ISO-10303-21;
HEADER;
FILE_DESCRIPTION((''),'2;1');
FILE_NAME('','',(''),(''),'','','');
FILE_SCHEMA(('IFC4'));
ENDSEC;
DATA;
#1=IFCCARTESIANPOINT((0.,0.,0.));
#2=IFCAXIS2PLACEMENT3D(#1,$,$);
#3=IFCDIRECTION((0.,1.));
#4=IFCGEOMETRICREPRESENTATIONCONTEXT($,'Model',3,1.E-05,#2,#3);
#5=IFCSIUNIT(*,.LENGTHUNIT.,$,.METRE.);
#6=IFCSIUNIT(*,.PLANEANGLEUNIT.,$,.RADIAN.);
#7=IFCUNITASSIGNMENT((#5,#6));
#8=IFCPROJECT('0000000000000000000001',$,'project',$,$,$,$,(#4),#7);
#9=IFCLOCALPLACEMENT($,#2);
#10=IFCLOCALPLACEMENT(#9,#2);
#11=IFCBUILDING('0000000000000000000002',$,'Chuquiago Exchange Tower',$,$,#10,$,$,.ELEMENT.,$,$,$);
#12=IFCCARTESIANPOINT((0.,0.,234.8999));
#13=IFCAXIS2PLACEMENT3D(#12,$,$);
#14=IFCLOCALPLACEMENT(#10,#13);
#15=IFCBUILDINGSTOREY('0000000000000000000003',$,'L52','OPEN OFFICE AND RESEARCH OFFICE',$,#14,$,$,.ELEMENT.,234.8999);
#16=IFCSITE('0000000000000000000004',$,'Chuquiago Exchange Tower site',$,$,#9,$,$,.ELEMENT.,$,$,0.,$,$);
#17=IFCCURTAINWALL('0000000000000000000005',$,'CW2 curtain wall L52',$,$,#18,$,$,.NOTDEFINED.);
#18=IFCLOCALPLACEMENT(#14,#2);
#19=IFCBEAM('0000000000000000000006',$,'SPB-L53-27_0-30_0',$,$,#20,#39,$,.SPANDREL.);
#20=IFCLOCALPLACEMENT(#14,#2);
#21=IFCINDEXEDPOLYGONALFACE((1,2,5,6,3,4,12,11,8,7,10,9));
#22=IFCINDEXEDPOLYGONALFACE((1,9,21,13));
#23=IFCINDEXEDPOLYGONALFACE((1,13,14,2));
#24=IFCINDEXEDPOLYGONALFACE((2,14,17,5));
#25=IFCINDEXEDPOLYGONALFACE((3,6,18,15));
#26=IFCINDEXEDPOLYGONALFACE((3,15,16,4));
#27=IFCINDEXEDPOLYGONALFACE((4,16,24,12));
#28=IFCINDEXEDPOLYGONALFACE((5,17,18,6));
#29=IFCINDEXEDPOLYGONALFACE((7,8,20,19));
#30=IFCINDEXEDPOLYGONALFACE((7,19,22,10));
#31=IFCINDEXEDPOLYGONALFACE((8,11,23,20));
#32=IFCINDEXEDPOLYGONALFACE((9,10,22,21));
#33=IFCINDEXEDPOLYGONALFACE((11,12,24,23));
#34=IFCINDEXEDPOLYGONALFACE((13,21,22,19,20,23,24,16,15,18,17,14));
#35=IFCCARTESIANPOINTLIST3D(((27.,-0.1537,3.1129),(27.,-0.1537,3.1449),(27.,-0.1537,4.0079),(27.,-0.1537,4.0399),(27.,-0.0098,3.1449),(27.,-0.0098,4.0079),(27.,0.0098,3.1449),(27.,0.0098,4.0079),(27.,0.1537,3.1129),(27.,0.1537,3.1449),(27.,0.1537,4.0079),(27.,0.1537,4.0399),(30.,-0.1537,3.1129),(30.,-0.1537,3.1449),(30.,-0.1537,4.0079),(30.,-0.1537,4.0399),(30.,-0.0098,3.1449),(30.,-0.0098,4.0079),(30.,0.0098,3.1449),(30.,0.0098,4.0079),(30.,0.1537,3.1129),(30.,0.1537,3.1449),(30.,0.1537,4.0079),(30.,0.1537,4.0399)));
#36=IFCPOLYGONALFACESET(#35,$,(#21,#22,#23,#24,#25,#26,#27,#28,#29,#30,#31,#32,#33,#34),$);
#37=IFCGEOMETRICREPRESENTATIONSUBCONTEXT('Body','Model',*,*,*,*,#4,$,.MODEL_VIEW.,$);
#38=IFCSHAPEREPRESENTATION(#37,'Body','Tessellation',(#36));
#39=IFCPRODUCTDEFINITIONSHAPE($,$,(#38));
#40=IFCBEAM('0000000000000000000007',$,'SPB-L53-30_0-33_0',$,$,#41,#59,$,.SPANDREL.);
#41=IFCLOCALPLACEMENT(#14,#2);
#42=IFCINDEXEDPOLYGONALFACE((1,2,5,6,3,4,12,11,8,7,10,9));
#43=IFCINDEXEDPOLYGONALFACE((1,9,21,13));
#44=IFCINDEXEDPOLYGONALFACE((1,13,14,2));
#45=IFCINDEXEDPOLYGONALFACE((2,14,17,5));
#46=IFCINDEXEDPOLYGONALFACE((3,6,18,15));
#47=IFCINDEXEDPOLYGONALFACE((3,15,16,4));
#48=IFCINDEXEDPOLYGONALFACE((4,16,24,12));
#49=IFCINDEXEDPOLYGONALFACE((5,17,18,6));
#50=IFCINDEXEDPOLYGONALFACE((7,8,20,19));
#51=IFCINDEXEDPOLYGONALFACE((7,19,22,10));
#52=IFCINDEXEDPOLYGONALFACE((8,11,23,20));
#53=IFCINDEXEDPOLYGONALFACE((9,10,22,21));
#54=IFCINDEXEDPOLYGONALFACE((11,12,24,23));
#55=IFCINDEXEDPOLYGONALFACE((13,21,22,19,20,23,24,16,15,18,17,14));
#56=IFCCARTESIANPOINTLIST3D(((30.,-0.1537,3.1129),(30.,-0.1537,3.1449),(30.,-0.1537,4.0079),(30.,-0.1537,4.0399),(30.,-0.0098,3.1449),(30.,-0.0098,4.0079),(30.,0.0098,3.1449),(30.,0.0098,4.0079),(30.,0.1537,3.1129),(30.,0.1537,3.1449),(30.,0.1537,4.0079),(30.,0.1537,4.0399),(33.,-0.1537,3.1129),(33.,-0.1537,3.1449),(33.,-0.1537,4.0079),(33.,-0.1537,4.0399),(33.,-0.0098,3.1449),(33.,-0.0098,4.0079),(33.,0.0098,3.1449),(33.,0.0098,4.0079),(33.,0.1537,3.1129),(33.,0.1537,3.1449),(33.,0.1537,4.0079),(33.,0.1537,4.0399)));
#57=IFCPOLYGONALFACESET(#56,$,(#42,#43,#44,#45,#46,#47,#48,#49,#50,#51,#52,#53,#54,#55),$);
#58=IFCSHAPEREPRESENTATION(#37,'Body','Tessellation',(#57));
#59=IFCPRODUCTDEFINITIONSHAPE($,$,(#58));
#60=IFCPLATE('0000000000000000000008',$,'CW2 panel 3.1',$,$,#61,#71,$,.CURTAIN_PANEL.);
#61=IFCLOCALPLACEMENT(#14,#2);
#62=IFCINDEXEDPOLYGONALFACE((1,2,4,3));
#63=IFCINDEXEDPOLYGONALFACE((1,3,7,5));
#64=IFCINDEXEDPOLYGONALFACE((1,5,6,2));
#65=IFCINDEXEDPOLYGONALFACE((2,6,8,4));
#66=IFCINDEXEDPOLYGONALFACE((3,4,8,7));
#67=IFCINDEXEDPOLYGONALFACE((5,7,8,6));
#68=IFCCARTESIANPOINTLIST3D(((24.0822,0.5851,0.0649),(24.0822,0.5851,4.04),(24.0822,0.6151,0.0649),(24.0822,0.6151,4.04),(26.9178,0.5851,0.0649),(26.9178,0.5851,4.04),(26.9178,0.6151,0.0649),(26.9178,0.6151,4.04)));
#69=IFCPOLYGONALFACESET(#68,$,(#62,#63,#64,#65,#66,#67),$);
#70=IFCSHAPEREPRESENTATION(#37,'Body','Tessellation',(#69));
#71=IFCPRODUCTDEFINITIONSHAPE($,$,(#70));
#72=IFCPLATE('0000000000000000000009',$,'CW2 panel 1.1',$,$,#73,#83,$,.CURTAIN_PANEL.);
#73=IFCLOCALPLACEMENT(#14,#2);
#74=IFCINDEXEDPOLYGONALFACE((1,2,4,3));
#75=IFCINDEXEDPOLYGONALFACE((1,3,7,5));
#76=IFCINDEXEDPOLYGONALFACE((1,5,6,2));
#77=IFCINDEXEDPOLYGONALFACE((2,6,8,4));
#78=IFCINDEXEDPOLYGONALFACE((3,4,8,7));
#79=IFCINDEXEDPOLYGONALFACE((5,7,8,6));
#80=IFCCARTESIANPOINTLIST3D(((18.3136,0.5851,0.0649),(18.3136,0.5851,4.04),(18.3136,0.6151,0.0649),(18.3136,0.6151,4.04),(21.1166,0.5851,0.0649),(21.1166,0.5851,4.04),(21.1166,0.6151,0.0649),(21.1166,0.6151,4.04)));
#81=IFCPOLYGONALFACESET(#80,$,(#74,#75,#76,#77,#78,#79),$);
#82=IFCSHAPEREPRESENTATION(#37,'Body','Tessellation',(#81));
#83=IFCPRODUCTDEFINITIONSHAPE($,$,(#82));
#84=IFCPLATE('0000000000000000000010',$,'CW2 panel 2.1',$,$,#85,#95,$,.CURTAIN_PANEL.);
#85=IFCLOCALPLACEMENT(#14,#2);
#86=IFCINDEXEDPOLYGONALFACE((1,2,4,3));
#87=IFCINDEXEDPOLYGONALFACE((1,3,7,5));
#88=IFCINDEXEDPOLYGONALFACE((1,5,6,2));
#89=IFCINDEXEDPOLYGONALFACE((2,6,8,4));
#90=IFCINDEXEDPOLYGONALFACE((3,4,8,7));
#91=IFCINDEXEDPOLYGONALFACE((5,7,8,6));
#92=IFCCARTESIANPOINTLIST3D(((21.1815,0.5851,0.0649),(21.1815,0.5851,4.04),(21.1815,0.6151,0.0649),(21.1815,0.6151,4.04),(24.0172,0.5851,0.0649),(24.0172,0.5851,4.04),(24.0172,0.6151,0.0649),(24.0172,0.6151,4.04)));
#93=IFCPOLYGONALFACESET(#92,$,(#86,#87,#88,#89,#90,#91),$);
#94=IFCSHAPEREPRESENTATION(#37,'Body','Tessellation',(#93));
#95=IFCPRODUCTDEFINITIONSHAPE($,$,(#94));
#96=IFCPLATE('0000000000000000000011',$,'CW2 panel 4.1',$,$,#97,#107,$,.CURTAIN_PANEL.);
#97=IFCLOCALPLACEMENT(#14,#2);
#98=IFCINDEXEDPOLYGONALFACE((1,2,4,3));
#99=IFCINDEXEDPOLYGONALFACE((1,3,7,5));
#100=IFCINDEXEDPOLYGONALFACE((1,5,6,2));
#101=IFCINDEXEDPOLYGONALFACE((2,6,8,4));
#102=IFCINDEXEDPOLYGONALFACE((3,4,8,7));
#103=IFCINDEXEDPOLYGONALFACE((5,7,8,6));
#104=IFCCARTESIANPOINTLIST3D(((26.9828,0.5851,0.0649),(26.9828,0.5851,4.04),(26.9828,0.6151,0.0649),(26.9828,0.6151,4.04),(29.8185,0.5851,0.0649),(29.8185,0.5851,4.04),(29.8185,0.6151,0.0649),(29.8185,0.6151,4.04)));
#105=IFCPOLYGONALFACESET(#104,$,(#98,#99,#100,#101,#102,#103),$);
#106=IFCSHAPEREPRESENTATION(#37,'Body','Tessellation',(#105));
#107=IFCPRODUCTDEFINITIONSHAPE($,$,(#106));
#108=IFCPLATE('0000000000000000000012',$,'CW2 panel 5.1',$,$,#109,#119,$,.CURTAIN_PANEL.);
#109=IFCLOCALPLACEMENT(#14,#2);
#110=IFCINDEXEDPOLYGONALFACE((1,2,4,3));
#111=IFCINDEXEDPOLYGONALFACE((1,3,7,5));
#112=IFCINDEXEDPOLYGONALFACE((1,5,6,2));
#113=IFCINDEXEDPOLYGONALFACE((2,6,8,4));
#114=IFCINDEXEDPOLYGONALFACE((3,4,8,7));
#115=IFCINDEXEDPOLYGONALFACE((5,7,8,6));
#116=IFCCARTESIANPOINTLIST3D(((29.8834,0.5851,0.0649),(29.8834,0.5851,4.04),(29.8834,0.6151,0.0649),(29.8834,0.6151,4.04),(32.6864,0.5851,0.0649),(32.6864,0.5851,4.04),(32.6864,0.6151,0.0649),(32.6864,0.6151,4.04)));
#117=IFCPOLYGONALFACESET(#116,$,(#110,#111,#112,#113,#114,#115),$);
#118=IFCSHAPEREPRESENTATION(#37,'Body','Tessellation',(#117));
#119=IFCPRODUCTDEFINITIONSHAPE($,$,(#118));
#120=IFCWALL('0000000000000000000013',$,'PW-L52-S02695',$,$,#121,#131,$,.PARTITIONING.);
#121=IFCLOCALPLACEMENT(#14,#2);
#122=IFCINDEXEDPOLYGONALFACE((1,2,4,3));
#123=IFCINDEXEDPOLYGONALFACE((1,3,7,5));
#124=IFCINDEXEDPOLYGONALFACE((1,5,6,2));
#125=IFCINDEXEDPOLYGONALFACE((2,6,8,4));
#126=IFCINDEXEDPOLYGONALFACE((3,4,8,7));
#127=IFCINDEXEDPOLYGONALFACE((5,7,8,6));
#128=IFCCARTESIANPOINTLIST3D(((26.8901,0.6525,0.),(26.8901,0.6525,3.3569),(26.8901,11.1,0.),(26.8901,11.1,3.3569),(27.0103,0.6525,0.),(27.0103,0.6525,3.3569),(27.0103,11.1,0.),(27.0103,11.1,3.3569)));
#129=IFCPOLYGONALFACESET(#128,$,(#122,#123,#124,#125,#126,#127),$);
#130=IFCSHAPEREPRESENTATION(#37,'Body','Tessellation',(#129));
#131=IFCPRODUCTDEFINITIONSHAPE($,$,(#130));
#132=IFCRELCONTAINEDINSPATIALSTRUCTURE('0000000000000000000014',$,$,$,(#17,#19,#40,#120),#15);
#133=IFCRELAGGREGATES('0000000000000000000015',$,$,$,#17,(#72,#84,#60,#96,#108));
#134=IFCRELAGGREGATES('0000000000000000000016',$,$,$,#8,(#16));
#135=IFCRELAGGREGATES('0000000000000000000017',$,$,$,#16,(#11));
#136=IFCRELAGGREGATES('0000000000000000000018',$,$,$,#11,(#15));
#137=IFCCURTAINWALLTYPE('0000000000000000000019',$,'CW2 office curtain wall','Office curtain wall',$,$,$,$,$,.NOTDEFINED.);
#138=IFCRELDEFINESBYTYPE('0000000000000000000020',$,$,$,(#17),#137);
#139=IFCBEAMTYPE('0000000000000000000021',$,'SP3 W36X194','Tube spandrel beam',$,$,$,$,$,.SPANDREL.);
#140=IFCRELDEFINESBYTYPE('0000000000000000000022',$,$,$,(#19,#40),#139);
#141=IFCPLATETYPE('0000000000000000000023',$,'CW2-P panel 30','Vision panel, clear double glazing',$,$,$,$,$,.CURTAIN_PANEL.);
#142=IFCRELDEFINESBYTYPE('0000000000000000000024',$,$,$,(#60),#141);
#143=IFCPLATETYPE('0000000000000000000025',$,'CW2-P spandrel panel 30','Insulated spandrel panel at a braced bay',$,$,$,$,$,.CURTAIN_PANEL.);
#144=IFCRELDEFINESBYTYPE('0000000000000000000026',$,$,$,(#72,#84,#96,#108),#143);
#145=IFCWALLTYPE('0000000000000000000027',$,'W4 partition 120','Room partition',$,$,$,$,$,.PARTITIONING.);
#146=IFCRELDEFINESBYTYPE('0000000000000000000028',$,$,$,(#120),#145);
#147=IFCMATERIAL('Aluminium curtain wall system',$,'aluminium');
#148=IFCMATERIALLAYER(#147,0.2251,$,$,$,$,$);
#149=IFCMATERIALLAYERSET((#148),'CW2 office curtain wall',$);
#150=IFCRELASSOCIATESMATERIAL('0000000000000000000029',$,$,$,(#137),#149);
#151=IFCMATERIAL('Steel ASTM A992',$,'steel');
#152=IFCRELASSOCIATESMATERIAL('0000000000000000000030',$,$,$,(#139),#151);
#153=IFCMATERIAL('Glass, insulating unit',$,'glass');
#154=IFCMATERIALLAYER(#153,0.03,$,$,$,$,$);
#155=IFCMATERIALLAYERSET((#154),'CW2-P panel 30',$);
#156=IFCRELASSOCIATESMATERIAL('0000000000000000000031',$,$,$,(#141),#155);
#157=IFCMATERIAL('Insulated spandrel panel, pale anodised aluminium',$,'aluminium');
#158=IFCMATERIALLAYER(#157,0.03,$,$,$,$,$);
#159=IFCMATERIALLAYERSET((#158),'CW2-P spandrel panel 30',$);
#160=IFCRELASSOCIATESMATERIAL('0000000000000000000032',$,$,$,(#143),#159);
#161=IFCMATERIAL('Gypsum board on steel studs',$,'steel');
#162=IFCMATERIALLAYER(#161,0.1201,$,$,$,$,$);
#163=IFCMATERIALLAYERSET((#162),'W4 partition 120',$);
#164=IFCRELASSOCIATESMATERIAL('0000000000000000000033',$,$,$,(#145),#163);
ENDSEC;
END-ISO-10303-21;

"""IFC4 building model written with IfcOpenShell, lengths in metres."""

from ifc_helpers import new_model, si_unit, direction, frame, frame_2d, origin, origin_2d, place, context, subcontext, project, spatial, rectangle, i_section, extrude, material, layer, layer_set, material_profile, profile_set, type_object, element, aggregate, save


model = new_model("IFC4")

# Units and contexts
model_context = context("Model", 3, precision=1e-05, world=origin(), true_north=direction((0.0, 1.0)))
body_context = subcontext(model_context, "Body", "Model", "MODEL_VIEW")
ifc_project = project(units=[si_unit("LENGTHUNIT", "METRE"), si_unit("PLANEANGLEUNIT", "RADIAN")], contexts=[model_context])

# Site, building, storey
site_placement = place(None, origin())
site = spatial("IfcSite", under=ifc_project, at=site_placement, Name="Chuquiago Exchange Tower site", CompositionType="ELEMENT", RefElevation=0.0)
building_placement = place(site_placement, origin())
building = spatial("IfcBuilding", under=site, at=building_placement, Name="Chuquiago Exchange Tower", CompositionType="ELEMENT")
storey_placement = place(building_placement, frame((0.0, 0.0, 234.8999)))
storey = spatial("IfcBuildingStorey", under=building, at=storey_placement, Name="L52", Description="OPEN OFFICE AND RESEARCH OFFICE", CompositionType="ELEMENT", Elevation=234.8999)

# Curtain wall
ifc_material_1 = material(Name="Aluminium curtain wall system", Category="aluminium")
ifc_layer_1 = layer(ifc_material_1, 0.2251)
ifc_layer_set_1 = layer_set([ifc_layer_1], Name="CW2 office curtain wall")
curtain_wall_type_1 = type_object("IfcCurtainWallType", Name="CW2 office curtain wall", Description="Office curtain wall", PredefinedType="NOTDEFINED", material=ifc_layer_set_1)
curtain_wall_1_placement = place(storey_placement, origin())
curtain_wall_1 = element("IfcCurtainWall", 1, at=curtain_wall_1_placement, inside=storey, type_object=curtain_wall_type_1, Name="CW2 curtain wall L52", PredefinedType="NOTDEFINED")

# Beams
ifc_material_2 = material(Name="Steel ASTM A992", Category="steel")
ifc_material_profile_1 = material_profile(ifc_material_2, i_section(OverallWidth=0.3074, OverallDepth=0.927, WebThickness=0.0195, FlangeThickness=0.032, at=origin_2d()), Name="W36X194")
ifc_profile_set_1 = profile_set([ifc_material_profile_1], Name="Steel ASTM A992")
beam_type = type_object("IfcBeamType", Name="SP3 W36X194", Description="Tube spandrel beam", PredefinedType="SPANDREL", material=ifc_profile_set_1)
for number, where, z_axis, x_axis, name in (
    (2, (27.0, 0.0, 3.5764), (1.0, 0.0, 0.0), (0.0, 1.0, 0.0), "SPB-L53-27_0-30_0"),
    (3, (30.0, 0.0, 3.5764), (1.0, 0.0, 0.0), (0.0, 1.0, 0.0), "SPB-L53-30_0-33_0"),
):
    element("IfcBeam", number, at=place(storey_placement, frame(where, z_axis=z_axis, x_axis=x_axis)), inside=storey, type_object=beam_type, Name=name, PredefinedType="SPANDREL", context=body_context, shape_type="SweptSolid", body=[
        extrude(i_section(OverallWidth=0.3074, OverallDepth=0.927, WebThickness=0.0195, FlangeThickness=0.032, at=origin_2d()), origin(), (0.0, 0.0, 1.0), 3.0),
    ])

# Plates
ifc_material_3 = material(Name="Glass, insulating unit", Category="glass")
ifc_layer_2 = layer(ifc_material_3, 0.03)
ifc_layer_set_2 = layer_set([ifc_layer_2], Name="CW2-P panel 30")
plate_type_1 = type_object("IfcPlateType", Name="CW2-P panel 30", Description="Vision panel, clear double glazing", PredefinedType="CURTAIN_PANEL", material=ifc_layer_set_2)
plate_1_placement = place(storey_placement, frame((25.5, 0.6001, 0.0649), z_axis=(0.0, 0.0, 1.0), x_axis=(1.0, 0.0, 0.0)))
plate_1 = element("IfcPlate", 4, at=plate_1_placement, type_object=plate_type_1, Name="CW2 panel 3.1", PredefinedType="CURTAIN_PANEL", context=body_context, shape_type="SweptSolid", body=[
    extrude(rectangle(XDim=2.8357, YDim=0.03, at=origin_2d()), origin(), (0.0, 0.0, 1.0), 3.9751),
])
ifc_material_4 = material(Name="Insulated spandrel panel, pale anodised aluminium", Category="aluminium")
ifc_layer_3 = layer(ifc_material_4, 0.03)
ifc_layer_set_3 = layer_set([ifc_layer_3], Name="CW2-P spandrel panel 30")
plate_type_2 = type_object("IfcPlateType", Name="CW2-P spandrel panel 30", Description="Insulated spandrel panel at a braced bay", PredefinedType="CURTAIN_PANEL", material=ifc_layer_set_3)
plate_2_placement = place(storey_placement, frame((19.7151, 0.6001, 0.0649), z_axis=(0.0, 0.0, 1.0), x_axis=(1.0, 0.0, 0.0)))
plate_2 = element("IfcPlate", 5, at=plate_2_placement, type_object=plate_type_2, Name="CW2 panel 1.1", PredefinedType="CURTAIN_PANEL", context=body_context, shape_type="SweptSolid", body=[
    extrude(rectangle(XDim=2.803, YDim=0.03, at=origin_2d()), origin(), (0.0, 0.0, 1.0), 3.9751),
])
plate_3_placement = place(storey_placement, frame((22.5994, 0.6001, 0.0649), z_axis=(0.0, 0.0, 1.0), x_axis=(1.0, 0.0, 0.0)))
plate_3 = element("IfcPlate", 6, at=plate_3_placement, type_object=plate_type_2, Name="CW2 panel 2.1", PredefinedType="CURTAIN_PANEL", context=body_context, shape_type="SweptSolid", body=[
    extrude(rectangle(XDim=2.8357, YDim=0.03, at=origin_2d()), origin(), (0.0, 0.0, 1.0), 3.9751),
])
plate_4_placement = place(storey_placement, frame((28.4006, 0.6001, 0.0649), z_axis=(0.0, 0.0, 1.0), x_axis=(1.0, 0.0, 0.0)))
plate_4 = element("IfcPlate", 7, at=plate_4_placement, type_object=plate_type_2, Name="CW2 panel 4.1", PredefinedType="CURTAIN_PANEL", context=body_context, shape_type="SweptSolid", body=[
    extrude(rectangle(XDim=2.8357, YDim=0.03, at=origin_2d()), origin(), (0.0, 0.0, 1.0), 3.9751),
])
plate_5_placement = place(storey_placement, frame((31.2849, 0.6001, 0.0649), z_axis=(0.0, 0.0, 1.0), x_axis=(1.0, 0.0, 0.0)))
plate_5 = element("IfcPlate", 8, at=plate_5_placement, type_object=plate_type_2, Name="CW2 panel 5.1", PredefinedType="CURTAIN_PANEL", context=body_context, shape_type="SweptSolid", body=[
    extrude(rectangle(XDim=2.803, YDim=0.03, at=origin_2d()), origin(), (0.0, 0.0, 1.0), 3.9751),
])
aggregate(curtain_wall_1, [plate_2, plate_3, plate_1, plate_4, plate_5])

# Wall
ifc_material_5 = material(Name="Gypsum board on steel studs", Category="steel")
ifc_layer_4 = layer(ifc_material_5, 0.1201)
ifc_layer_set_4 = layer_set([ifc_layer_4], Name="W4 partition 120")
wall_type = type_object("IfcWallType", Name="W4 partition 120", Description="Room partition", PredefinedType="PARTITIONING", material=ifc_layer_set_4)
wall_placement = place(storey_placement, frame((26.9502, 0.6526, 0.0), z_axis=(0.0, 0.0, 1.0), x_axis=(0.0, 1.0, 0.0)))
element("IfcWall", 9, at=wall_placement, inside=storey, type_object=wall_type, Name="PW-L52-S02695", PredefinedType="PARTITIONING", context=body_context, shape_type="SweptSolid", body=[
    extrude(rectangle(XDim=10.4475, YDim=0.1201, at=frame_2d((5.2236, 0.0))), origin(), (0.0, 0.0, 1.0), 3.3569),
])

save(model, "model.ifc")
